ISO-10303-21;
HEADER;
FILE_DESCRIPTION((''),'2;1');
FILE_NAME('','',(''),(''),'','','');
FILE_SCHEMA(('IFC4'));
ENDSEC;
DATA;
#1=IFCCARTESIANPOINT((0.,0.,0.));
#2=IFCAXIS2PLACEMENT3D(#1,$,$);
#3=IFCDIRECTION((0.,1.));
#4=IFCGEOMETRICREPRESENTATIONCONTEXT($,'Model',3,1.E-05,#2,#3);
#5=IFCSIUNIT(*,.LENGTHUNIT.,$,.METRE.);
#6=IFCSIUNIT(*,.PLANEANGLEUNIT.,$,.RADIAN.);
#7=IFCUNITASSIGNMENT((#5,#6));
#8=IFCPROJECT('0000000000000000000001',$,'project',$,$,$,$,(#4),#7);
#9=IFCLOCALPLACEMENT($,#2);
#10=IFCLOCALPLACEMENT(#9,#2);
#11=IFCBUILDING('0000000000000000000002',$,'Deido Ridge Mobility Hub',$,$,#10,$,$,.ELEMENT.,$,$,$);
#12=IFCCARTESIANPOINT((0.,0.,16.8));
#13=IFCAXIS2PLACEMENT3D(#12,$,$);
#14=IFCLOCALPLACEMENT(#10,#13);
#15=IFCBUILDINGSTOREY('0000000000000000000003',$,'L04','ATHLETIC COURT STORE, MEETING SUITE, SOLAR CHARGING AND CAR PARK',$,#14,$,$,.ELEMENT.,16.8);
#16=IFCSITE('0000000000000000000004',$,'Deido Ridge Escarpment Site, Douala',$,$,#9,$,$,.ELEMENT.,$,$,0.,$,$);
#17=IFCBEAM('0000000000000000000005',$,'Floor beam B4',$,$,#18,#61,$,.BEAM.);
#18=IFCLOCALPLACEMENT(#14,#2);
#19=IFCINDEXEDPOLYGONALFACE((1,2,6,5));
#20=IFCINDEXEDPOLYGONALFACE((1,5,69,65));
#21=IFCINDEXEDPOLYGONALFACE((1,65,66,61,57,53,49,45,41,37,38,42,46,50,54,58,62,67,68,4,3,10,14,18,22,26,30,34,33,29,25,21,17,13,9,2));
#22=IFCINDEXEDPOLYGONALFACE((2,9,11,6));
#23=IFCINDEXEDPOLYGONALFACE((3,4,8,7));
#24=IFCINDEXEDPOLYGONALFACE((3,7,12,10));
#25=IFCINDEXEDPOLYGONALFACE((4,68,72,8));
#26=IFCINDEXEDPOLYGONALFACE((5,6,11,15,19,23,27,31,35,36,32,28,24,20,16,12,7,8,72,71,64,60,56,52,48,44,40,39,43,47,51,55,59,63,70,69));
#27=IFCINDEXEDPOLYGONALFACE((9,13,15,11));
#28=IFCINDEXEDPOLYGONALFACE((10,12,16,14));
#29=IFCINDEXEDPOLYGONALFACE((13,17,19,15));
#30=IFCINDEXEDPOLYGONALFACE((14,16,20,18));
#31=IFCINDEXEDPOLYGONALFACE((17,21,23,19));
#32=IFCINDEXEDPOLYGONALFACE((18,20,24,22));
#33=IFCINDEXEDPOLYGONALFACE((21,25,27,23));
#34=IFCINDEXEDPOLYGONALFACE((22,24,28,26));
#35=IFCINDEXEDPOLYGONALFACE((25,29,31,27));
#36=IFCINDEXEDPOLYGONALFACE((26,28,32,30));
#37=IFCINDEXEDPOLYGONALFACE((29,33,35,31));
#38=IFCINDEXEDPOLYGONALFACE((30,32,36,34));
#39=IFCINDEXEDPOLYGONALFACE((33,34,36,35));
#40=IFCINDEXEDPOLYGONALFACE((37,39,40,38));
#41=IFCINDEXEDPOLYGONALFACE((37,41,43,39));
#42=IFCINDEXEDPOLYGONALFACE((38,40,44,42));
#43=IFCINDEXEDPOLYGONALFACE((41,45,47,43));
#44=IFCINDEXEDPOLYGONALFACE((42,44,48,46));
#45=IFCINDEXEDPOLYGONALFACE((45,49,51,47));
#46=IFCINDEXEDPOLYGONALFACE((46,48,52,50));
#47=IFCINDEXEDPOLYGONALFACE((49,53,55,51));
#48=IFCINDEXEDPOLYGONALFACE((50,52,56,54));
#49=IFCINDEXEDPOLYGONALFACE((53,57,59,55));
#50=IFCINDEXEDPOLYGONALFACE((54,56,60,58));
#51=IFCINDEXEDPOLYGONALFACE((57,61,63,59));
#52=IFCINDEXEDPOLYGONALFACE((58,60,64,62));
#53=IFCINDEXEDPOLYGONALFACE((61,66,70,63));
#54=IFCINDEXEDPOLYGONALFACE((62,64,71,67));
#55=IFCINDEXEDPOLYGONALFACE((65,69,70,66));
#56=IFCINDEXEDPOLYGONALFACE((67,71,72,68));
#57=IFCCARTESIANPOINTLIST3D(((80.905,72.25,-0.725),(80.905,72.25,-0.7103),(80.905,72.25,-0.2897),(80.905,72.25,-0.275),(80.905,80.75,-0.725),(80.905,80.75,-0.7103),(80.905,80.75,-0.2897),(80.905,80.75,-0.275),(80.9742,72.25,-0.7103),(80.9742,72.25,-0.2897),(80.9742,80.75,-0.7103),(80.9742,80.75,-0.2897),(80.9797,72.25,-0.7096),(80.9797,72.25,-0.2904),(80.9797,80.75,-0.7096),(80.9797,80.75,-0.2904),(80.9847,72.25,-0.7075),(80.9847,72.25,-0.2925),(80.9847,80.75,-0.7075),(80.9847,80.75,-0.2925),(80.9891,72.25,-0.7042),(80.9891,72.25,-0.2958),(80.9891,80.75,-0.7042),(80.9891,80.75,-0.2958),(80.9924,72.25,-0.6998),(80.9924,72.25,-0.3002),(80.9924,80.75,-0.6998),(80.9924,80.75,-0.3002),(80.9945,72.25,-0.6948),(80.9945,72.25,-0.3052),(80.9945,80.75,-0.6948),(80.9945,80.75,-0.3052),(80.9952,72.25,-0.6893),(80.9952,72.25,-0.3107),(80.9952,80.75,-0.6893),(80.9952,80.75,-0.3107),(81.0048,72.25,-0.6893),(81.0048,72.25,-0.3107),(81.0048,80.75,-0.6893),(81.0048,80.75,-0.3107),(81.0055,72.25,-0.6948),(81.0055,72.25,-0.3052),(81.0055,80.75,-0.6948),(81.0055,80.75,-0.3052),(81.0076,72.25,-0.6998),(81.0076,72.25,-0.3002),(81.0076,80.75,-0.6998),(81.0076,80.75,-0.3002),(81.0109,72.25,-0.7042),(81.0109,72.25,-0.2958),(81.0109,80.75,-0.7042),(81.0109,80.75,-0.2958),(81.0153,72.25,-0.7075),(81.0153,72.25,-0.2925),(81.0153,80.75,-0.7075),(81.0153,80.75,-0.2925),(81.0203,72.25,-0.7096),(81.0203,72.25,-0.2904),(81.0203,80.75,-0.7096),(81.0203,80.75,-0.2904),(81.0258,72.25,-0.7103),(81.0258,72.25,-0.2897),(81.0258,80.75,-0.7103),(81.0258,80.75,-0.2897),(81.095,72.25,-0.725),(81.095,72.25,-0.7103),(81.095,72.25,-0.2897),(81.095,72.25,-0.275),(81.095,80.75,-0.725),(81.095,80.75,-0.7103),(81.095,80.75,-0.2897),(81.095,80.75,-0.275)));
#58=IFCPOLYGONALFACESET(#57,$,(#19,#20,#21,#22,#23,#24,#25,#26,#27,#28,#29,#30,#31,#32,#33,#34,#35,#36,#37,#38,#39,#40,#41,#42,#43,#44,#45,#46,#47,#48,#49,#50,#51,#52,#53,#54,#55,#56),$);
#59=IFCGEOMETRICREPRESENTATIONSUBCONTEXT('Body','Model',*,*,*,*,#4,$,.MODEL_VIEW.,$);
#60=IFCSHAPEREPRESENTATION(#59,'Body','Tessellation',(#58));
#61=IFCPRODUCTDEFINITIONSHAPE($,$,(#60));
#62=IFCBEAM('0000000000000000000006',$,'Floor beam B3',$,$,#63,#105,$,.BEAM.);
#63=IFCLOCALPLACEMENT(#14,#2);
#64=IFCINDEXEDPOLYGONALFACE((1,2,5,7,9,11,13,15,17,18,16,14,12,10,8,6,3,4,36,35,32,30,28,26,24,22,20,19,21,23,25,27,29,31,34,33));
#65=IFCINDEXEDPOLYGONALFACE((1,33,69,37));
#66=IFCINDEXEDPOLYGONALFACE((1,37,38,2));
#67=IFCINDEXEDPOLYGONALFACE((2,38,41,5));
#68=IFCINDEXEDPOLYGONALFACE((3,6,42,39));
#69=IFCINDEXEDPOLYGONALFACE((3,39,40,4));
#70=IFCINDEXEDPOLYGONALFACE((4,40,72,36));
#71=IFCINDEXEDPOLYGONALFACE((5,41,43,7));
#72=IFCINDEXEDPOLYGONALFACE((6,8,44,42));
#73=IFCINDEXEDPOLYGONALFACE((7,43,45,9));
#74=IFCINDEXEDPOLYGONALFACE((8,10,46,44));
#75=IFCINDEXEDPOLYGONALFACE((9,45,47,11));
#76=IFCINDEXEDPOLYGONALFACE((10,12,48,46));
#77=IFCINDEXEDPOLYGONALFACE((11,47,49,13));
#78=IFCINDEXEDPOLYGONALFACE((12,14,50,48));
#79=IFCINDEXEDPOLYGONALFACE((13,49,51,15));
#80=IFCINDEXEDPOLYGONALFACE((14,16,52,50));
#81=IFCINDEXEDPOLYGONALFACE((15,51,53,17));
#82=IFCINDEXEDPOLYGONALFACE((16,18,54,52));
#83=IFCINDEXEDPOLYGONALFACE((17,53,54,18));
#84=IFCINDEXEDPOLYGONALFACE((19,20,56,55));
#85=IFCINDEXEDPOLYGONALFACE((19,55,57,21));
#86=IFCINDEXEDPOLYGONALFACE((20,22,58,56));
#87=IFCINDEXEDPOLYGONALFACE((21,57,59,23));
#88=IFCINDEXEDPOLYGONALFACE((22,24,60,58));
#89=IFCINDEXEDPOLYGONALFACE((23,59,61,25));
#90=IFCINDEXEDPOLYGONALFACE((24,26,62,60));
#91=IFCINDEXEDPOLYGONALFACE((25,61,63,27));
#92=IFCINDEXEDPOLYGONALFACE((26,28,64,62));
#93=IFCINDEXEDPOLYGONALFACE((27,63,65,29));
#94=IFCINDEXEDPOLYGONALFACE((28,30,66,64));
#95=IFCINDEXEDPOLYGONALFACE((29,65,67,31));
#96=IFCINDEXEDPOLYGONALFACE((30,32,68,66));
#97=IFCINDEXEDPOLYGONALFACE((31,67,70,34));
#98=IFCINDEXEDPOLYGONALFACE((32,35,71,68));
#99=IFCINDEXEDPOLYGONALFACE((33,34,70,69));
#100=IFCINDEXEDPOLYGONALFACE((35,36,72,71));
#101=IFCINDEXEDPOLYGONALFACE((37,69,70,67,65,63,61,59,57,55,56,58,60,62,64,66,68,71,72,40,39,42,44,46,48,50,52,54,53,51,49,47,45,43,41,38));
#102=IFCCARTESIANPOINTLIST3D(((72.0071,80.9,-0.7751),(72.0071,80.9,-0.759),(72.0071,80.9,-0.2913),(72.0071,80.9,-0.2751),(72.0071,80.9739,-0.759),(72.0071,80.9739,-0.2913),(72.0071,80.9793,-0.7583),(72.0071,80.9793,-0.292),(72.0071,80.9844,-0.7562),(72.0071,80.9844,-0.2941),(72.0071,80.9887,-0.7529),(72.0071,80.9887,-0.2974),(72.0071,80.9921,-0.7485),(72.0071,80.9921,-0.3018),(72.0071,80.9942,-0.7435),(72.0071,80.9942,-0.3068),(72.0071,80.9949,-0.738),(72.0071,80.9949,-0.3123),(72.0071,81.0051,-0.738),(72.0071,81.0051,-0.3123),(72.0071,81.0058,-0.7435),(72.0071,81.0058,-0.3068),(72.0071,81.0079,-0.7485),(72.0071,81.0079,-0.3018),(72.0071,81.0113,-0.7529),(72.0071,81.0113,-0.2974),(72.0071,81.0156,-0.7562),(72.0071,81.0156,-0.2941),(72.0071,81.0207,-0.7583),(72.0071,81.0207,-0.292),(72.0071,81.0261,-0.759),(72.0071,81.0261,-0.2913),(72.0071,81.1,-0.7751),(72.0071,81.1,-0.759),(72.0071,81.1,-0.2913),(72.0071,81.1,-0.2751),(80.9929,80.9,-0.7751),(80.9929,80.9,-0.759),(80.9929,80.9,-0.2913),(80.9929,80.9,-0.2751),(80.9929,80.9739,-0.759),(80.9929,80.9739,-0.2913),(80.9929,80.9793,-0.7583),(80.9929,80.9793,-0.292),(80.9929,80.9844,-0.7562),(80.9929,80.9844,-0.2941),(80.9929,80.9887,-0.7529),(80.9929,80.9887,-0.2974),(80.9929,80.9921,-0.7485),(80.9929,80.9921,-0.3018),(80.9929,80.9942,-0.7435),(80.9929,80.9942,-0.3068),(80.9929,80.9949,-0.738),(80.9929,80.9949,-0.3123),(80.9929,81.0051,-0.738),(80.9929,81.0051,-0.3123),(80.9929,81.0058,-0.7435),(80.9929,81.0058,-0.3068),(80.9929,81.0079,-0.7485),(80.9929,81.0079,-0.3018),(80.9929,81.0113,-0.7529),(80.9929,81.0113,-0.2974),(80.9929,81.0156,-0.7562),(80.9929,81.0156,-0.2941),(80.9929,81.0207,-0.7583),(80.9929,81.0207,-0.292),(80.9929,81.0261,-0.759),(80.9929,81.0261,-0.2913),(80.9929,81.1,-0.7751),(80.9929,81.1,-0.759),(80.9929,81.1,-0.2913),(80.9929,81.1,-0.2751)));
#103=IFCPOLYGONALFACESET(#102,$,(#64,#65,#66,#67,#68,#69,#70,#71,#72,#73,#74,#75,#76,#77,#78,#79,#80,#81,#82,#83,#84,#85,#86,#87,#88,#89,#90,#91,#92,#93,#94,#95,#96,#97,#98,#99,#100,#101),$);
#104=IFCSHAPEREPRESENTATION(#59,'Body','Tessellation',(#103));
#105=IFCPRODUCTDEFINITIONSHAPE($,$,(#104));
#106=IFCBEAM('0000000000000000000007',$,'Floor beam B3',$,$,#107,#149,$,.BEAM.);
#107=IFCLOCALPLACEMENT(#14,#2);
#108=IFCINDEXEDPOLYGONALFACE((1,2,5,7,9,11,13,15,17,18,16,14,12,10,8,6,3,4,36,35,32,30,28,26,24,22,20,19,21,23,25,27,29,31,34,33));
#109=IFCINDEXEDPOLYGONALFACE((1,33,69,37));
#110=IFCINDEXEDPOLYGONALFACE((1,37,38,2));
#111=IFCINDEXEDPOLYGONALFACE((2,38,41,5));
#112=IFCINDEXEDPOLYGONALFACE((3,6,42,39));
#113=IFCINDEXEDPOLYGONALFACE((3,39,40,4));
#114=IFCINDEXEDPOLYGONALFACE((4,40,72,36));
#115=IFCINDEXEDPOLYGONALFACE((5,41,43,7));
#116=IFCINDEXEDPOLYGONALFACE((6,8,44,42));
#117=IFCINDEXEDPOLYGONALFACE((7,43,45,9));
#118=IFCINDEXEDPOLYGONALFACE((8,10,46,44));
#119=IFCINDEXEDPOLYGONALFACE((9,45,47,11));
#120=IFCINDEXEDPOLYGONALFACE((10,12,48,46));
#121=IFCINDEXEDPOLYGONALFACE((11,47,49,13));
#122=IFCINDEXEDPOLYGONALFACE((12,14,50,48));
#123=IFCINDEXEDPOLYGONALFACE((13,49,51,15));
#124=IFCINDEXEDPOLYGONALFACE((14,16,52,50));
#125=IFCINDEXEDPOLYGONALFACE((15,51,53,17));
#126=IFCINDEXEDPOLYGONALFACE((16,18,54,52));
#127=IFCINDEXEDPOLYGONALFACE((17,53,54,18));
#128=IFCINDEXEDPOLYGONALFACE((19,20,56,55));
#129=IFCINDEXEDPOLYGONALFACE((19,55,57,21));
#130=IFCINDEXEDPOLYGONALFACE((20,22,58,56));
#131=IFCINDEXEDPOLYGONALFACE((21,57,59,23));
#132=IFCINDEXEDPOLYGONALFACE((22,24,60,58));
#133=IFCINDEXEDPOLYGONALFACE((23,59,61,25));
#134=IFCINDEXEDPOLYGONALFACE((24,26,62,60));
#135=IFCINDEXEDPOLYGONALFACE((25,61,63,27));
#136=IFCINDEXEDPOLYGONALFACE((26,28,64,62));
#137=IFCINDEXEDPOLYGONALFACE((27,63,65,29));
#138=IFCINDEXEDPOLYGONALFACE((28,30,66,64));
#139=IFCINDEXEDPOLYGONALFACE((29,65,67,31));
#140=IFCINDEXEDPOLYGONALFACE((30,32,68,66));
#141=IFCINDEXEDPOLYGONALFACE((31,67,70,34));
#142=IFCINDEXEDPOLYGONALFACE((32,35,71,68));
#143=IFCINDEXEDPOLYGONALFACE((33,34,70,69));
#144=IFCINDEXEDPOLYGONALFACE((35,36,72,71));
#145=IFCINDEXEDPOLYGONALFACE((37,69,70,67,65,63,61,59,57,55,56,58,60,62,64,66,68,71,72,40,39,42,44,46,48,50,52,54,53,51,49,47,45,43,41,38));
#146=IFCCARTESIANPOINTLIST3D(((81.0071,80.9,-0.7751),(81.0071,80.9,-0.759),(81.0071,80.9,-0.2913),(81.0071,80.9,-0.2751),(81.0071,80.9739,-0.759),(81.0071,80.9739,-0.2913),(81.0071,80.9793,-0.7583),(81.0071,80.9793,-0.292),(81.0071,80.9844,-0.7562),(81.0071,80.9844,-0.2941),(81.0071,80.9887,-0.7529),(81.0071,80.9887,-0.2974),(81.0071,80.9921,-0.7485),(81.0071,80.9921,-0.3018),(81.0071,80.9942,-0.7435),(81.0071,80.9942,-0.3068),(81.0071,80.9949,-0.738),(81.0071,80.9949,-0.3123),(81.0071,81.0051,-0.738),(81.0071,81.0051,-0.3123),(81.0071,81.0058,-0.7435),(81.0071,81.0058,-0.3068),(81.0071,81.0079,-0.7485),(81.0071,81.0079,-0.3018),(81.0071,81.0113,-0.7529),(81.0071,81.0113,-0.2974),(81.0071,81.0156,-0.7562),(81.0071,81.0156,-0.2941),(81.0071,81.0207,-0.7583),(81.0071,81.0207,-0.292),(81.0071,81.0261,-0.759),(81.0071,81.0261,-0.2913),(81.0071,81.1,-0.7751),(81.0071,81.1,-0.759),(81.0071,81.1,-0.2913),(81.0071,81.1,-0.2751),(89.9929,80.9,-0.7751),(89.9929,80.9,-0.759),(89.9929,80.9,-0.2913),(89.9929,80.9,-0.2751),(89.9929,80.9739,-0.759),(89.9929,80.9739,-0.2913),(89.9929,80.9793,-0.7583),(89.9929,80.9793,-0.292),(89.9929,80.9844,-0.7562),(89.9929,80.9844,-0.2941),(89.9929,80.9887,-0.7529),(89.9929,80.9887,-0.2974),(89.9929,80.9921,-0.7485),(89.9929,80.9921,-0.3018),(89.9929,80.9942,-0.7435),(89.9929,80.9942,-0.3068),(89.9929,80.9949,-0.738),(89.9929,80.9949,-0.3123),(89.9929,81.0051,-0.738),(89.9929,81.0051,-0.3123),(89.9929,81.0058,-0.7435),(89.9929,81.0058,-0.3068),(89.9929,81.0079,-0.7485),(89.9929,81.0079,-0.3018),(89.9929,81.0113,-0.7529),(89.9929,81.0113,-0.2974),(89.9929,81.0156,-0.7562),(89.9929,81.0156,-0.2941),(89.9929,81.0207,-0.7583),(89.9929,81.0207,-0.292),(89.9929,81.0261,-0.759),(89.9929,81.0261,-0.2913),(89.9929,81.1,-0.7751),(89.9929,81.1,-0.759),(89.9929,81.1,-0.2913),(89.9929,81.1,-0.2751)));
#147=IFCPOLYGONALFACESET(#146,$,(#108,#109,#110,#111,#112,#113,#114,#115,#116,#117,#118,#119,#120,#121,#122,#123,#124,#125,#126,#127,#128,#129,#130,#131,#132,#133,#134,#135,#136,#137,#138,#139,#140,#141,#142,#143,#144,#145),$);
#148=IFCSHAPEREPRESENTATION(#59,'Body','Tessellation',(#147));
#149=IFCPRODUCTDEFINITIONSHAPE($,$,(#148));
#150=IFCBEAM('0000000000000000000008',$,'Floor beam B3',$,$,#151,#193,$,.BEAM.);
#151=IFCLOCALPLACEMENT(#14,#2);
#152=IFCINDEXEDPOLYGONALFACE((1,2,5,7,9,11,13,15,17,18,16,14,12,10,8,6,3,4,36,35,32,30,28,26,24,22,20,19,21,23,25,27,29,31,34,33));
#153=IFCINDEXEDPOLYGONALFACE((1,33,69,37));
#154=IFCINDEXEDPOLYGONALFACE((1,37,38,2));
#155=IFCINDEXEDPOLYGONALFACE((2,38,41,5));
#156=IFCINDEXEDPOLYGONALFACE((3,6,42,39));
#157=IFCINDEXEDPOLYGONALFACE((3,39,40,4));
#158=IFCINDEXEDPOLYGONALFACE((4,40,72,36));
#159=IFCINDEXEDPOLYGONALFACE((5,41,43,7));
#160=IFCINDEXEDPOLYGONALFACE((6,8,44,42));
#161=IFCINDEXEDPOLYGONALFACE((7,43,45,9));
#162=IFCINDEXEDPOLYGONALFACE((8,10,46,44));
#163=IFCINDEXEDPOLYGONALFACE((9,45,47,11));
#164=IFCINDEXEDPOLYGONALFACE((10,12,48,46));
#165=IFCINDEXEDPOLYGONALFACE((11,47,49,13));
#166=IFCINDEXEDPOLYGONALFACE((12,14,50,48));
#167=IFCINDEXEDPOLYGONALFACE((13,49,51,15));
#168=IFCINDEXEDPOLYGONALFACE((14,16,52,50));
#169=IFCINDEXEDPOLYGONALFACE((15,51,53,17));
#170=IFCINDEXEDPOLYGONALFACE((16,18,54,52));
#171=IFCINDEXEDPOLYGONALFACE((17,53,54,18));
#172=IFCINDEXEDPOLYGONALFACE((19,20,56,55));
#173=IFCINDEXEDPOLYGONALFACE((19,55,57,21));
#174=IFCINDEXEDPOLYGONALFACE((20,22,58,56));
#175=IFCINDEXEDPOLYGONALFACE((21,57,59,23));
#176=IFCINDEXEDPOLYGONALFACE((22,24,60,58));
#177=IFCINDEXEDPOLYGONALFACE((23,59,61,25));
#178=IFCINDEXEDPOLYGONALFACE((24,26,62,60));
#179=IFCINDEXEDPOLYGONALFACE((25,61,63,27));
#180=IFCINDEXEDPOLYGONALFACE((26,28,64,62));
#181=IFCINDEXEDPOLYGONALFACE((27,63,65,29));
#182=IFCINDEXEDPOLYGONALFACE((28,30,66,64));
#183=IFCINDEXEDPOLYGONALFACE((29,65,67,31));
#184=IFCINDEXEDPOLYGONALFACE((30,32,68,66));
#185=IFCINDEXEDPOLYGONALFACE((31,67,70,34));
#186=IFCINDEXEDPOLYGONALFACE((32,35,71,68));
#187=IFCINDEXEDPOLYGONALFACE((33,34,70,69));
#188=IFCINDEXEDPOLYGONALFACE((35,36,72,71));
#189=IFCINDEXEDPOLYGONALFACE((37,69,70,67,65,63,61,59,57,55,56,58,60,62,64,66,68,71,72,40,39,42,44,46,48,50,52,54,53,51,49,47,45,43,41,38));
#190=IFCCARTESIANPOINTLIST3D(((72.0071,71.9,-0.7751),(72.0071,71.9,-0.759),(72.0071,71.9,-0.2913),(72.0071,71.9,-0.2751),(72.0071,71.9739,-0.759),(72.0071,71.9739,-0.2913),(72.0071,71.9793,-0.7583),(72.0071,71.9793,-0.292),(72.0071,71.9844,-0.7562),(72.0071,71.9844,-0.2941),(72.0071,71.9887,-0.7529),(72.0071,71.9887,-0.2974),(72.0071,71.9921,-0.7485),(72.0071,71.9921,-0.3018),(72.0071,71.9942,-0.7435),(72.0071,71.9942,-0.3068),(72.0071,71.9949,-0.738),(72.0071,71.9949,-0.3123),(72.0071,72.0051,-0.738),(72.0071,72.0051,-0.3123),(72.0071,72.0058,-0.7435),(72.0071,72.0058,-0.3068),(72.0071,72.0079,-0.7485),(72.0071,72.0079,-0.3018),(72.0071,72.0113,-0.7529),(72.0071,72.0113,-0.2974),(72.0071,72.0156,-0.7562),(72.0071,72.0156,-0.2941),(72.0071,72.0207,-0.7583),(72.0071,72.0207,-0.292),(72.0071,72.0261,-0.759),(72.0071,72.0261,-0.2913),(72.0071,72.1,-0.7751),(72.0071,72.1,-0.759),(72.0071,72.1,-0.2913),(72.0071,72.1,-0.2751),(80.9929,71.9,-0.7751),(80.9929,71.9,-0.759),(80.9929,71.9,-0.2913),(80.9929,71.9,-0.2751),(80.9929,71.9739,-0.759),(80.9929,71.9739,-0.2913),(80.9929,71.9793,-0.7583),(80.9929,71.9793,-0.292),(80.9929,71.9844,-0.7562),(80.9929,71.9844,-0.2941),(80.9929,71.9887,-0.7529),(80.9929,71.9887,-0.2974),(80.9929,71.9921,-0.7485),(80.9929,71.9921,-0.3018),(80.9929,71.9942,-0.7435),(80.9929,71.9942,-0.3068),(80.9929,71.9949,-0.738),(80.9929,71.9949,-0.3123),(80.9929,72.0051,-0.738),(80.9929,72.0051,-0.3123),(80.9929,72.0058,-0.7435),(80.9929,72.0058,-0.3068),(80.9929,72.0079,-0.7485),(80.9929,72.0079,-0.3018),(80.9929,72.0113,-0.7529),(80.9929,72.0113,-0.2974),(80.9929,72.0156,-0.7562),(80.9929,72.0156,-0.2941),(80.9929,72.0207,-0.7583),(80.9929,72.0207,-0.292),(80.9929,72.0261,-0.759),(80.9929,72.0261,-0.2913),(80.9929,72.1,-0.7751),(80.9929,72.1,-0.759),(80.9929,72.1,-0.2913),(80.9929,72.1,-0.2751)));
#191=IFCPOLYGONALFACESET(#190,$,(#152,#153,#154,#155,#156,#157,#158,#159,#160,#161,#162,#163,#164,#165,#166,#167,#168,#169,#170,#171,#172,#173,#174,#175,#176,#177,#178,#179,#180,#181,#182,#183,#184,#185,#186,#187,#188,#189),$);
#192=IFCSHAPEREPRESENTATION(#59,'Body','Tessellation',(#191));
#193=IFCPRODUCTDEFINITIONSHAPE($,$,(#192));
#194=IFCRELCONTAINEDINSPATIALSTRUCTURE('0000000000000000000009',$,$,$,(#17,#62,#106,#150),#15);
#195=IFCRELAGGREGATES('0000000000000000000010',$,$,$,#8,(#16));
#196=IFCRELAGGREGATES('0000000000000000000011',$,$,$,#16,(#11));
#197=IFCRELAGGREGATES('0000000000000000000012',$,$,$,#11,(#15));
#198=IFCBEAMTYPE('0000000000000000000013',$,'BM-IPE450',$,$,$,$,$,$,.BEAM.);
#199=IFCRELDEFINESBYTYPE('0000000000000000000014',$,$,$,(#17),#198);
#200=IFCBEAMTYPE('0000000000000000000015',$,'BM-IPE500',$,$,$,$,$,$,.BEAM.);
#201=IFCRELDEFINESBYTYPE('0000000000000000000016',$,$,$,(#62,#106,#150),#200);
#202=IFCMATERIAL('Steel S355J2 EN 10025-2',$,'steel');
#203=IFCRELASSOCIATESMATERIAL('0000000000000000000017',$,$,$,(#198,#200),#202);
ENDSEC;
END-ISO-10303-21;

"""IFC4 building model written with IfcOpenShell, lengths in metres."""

from ifc_helpers import new_model, si_unit, direction, frame, origin, origin_2d, place, context, subcontext, project, spatial, i_section, extrude, material, material_profile, profile_set, type_object, element, save


model = new_model("IFC4")

# Units and contexts
model_context = context("Model", 3, precision=1e-05, world=origin(), true_north=direction((0.0, 1.0)))
body_context = subcontext(model_context, "Body", "Model", "MODEL_VIEW")
ifc_project = project(units=[si_unit("LENGTHUNIT", "METRE"), si_unit("PLANEANGLEUNIT", "RADIAN")], contexts=[model_context])

# Site, building, storey
site_placement = place(None, origin())
site = spatial("IfcSite", under=ifc_project, at=site_placement, Name="Deido Ridge Escarpment Site, Douala", CompositionType="ELEMENT", RefElevation=0.0)
building_placement = place(site_placement, origin())
building = spatial("IfcBuilding", under=site, at=building_placement, Name="Deido Ridge Mobility Hub", CompositionType="ELEMENT")
storey_placement = place(building_placement, frame((0.0, 0.0, 16.8)))
storey = spatial("IfcBuildingStorey", under=building, at=storey_placement, Name="L04", Description="ATHLETIC COURT STORE, MEETING SUITE, SOLAR CHARGING AND CAR PARK", CompositionType="ELEMENT", Elevation=16.8)

# Shared definitions
ifc_material_1 = material(Name="Steel S355J2 EN 10025-2", Category="steel")

# Beams
ifc_material_profile_1 = material_profile(ifc_material_1, i_section(OverallWidth=0.1899, OverallDepth=0.45, WebThickness=0.0095, FlangeThickness=0.0146, FilletRadius=0.021, at=origin_2d()), Name="IPE 450")
ifc_profile_set_1 = profile_set([ifc_material_profile_1], Name="Steel S355J2 EN 10025-2")
beam_type_1 = type_object("IfcBeamType", Name="BM-IPE450", PredefinedType="BEAM", material=ifc_profile_set_1)
for number, where, z_axis, x_axis, name in (
    (1, (81.0, 72.25, -0.5), (0.0, 1.0, 0.0), (-1.0, 0.0, 0.0), "Floor beam B4"),
):
    element("IfcBeam", number, at=place(storey_placement, frame(where, z_axis=z_axis, x_axis=x_axis)), inside=storey, type_object=beam_type_1, Name=name, PredefinedType="BEAM", context=body_context, shape_type="SweptSolid", body=[
        extrude(i_section(OverallWidth=0.1899, OverallDepth=0.45, WebThickness=0.0095, FlangeThickness=0.0146, FilletRadius=0.021, at=origin_2d()), origin(), (0.0, 0.0, 1.0), 8.5),
    ])
ifc_material_profile_2 = material_profile(ifc_material_1, i_section(OverallWidth=0.2, OverallDepth=0.5, WebThickness=0.0103, FlangeThickness=0.0161, FilletRadius=0.021, at=origin_2d()), Name="IPE 500")
ifc_profile_set_2 = profile_set([ifc_material_profile_2], Name="Steel S355J2 EN 10025-2")
beam_type_2 = type_object("IfcBeamType", Name="BM-IPE500", PredefinedType="BEAM", material=ifc_profile_set_2)
for number, where, z_axis, x_axis, name in (
    (2, (72.0071, 81.0, -0.5251), (1.0, 0.0, 0.0), (0.0, 1.0, 0.0), "Floor beam B3"),
    (3, (81.0071, 81.0, -0.5251), (1.0, 0.0, 0.0), (0.0, 1.0, 0.0), "Floor beam B3"),
    (4, (72.0071, 72.0, -0.5251), (1.0, 0.0, 0.0), (0.0, 1.0, 0.0), "Floor beam B3"),
):
    element("IfcBeam", number, at=place(storey_placement, frame(where, z_axis=z_axis, x_axis=x_axis)), inside=storey, type_object=beam_type_2, Name=name, PredefinedType="BEAM", context=body_context, shape_type="SweptSolid", body=[
        extrude(i_section(OverallWidth=0.2, OverallDepth=0.5, WebThickness=0.0103, FlangeThickness=0.0161, FilletRadius=0.021, at=origin_2d()), origin(), (0.0, 0.0, 1.0), 8.9858),
    ])

save(model, "model.ifc")
